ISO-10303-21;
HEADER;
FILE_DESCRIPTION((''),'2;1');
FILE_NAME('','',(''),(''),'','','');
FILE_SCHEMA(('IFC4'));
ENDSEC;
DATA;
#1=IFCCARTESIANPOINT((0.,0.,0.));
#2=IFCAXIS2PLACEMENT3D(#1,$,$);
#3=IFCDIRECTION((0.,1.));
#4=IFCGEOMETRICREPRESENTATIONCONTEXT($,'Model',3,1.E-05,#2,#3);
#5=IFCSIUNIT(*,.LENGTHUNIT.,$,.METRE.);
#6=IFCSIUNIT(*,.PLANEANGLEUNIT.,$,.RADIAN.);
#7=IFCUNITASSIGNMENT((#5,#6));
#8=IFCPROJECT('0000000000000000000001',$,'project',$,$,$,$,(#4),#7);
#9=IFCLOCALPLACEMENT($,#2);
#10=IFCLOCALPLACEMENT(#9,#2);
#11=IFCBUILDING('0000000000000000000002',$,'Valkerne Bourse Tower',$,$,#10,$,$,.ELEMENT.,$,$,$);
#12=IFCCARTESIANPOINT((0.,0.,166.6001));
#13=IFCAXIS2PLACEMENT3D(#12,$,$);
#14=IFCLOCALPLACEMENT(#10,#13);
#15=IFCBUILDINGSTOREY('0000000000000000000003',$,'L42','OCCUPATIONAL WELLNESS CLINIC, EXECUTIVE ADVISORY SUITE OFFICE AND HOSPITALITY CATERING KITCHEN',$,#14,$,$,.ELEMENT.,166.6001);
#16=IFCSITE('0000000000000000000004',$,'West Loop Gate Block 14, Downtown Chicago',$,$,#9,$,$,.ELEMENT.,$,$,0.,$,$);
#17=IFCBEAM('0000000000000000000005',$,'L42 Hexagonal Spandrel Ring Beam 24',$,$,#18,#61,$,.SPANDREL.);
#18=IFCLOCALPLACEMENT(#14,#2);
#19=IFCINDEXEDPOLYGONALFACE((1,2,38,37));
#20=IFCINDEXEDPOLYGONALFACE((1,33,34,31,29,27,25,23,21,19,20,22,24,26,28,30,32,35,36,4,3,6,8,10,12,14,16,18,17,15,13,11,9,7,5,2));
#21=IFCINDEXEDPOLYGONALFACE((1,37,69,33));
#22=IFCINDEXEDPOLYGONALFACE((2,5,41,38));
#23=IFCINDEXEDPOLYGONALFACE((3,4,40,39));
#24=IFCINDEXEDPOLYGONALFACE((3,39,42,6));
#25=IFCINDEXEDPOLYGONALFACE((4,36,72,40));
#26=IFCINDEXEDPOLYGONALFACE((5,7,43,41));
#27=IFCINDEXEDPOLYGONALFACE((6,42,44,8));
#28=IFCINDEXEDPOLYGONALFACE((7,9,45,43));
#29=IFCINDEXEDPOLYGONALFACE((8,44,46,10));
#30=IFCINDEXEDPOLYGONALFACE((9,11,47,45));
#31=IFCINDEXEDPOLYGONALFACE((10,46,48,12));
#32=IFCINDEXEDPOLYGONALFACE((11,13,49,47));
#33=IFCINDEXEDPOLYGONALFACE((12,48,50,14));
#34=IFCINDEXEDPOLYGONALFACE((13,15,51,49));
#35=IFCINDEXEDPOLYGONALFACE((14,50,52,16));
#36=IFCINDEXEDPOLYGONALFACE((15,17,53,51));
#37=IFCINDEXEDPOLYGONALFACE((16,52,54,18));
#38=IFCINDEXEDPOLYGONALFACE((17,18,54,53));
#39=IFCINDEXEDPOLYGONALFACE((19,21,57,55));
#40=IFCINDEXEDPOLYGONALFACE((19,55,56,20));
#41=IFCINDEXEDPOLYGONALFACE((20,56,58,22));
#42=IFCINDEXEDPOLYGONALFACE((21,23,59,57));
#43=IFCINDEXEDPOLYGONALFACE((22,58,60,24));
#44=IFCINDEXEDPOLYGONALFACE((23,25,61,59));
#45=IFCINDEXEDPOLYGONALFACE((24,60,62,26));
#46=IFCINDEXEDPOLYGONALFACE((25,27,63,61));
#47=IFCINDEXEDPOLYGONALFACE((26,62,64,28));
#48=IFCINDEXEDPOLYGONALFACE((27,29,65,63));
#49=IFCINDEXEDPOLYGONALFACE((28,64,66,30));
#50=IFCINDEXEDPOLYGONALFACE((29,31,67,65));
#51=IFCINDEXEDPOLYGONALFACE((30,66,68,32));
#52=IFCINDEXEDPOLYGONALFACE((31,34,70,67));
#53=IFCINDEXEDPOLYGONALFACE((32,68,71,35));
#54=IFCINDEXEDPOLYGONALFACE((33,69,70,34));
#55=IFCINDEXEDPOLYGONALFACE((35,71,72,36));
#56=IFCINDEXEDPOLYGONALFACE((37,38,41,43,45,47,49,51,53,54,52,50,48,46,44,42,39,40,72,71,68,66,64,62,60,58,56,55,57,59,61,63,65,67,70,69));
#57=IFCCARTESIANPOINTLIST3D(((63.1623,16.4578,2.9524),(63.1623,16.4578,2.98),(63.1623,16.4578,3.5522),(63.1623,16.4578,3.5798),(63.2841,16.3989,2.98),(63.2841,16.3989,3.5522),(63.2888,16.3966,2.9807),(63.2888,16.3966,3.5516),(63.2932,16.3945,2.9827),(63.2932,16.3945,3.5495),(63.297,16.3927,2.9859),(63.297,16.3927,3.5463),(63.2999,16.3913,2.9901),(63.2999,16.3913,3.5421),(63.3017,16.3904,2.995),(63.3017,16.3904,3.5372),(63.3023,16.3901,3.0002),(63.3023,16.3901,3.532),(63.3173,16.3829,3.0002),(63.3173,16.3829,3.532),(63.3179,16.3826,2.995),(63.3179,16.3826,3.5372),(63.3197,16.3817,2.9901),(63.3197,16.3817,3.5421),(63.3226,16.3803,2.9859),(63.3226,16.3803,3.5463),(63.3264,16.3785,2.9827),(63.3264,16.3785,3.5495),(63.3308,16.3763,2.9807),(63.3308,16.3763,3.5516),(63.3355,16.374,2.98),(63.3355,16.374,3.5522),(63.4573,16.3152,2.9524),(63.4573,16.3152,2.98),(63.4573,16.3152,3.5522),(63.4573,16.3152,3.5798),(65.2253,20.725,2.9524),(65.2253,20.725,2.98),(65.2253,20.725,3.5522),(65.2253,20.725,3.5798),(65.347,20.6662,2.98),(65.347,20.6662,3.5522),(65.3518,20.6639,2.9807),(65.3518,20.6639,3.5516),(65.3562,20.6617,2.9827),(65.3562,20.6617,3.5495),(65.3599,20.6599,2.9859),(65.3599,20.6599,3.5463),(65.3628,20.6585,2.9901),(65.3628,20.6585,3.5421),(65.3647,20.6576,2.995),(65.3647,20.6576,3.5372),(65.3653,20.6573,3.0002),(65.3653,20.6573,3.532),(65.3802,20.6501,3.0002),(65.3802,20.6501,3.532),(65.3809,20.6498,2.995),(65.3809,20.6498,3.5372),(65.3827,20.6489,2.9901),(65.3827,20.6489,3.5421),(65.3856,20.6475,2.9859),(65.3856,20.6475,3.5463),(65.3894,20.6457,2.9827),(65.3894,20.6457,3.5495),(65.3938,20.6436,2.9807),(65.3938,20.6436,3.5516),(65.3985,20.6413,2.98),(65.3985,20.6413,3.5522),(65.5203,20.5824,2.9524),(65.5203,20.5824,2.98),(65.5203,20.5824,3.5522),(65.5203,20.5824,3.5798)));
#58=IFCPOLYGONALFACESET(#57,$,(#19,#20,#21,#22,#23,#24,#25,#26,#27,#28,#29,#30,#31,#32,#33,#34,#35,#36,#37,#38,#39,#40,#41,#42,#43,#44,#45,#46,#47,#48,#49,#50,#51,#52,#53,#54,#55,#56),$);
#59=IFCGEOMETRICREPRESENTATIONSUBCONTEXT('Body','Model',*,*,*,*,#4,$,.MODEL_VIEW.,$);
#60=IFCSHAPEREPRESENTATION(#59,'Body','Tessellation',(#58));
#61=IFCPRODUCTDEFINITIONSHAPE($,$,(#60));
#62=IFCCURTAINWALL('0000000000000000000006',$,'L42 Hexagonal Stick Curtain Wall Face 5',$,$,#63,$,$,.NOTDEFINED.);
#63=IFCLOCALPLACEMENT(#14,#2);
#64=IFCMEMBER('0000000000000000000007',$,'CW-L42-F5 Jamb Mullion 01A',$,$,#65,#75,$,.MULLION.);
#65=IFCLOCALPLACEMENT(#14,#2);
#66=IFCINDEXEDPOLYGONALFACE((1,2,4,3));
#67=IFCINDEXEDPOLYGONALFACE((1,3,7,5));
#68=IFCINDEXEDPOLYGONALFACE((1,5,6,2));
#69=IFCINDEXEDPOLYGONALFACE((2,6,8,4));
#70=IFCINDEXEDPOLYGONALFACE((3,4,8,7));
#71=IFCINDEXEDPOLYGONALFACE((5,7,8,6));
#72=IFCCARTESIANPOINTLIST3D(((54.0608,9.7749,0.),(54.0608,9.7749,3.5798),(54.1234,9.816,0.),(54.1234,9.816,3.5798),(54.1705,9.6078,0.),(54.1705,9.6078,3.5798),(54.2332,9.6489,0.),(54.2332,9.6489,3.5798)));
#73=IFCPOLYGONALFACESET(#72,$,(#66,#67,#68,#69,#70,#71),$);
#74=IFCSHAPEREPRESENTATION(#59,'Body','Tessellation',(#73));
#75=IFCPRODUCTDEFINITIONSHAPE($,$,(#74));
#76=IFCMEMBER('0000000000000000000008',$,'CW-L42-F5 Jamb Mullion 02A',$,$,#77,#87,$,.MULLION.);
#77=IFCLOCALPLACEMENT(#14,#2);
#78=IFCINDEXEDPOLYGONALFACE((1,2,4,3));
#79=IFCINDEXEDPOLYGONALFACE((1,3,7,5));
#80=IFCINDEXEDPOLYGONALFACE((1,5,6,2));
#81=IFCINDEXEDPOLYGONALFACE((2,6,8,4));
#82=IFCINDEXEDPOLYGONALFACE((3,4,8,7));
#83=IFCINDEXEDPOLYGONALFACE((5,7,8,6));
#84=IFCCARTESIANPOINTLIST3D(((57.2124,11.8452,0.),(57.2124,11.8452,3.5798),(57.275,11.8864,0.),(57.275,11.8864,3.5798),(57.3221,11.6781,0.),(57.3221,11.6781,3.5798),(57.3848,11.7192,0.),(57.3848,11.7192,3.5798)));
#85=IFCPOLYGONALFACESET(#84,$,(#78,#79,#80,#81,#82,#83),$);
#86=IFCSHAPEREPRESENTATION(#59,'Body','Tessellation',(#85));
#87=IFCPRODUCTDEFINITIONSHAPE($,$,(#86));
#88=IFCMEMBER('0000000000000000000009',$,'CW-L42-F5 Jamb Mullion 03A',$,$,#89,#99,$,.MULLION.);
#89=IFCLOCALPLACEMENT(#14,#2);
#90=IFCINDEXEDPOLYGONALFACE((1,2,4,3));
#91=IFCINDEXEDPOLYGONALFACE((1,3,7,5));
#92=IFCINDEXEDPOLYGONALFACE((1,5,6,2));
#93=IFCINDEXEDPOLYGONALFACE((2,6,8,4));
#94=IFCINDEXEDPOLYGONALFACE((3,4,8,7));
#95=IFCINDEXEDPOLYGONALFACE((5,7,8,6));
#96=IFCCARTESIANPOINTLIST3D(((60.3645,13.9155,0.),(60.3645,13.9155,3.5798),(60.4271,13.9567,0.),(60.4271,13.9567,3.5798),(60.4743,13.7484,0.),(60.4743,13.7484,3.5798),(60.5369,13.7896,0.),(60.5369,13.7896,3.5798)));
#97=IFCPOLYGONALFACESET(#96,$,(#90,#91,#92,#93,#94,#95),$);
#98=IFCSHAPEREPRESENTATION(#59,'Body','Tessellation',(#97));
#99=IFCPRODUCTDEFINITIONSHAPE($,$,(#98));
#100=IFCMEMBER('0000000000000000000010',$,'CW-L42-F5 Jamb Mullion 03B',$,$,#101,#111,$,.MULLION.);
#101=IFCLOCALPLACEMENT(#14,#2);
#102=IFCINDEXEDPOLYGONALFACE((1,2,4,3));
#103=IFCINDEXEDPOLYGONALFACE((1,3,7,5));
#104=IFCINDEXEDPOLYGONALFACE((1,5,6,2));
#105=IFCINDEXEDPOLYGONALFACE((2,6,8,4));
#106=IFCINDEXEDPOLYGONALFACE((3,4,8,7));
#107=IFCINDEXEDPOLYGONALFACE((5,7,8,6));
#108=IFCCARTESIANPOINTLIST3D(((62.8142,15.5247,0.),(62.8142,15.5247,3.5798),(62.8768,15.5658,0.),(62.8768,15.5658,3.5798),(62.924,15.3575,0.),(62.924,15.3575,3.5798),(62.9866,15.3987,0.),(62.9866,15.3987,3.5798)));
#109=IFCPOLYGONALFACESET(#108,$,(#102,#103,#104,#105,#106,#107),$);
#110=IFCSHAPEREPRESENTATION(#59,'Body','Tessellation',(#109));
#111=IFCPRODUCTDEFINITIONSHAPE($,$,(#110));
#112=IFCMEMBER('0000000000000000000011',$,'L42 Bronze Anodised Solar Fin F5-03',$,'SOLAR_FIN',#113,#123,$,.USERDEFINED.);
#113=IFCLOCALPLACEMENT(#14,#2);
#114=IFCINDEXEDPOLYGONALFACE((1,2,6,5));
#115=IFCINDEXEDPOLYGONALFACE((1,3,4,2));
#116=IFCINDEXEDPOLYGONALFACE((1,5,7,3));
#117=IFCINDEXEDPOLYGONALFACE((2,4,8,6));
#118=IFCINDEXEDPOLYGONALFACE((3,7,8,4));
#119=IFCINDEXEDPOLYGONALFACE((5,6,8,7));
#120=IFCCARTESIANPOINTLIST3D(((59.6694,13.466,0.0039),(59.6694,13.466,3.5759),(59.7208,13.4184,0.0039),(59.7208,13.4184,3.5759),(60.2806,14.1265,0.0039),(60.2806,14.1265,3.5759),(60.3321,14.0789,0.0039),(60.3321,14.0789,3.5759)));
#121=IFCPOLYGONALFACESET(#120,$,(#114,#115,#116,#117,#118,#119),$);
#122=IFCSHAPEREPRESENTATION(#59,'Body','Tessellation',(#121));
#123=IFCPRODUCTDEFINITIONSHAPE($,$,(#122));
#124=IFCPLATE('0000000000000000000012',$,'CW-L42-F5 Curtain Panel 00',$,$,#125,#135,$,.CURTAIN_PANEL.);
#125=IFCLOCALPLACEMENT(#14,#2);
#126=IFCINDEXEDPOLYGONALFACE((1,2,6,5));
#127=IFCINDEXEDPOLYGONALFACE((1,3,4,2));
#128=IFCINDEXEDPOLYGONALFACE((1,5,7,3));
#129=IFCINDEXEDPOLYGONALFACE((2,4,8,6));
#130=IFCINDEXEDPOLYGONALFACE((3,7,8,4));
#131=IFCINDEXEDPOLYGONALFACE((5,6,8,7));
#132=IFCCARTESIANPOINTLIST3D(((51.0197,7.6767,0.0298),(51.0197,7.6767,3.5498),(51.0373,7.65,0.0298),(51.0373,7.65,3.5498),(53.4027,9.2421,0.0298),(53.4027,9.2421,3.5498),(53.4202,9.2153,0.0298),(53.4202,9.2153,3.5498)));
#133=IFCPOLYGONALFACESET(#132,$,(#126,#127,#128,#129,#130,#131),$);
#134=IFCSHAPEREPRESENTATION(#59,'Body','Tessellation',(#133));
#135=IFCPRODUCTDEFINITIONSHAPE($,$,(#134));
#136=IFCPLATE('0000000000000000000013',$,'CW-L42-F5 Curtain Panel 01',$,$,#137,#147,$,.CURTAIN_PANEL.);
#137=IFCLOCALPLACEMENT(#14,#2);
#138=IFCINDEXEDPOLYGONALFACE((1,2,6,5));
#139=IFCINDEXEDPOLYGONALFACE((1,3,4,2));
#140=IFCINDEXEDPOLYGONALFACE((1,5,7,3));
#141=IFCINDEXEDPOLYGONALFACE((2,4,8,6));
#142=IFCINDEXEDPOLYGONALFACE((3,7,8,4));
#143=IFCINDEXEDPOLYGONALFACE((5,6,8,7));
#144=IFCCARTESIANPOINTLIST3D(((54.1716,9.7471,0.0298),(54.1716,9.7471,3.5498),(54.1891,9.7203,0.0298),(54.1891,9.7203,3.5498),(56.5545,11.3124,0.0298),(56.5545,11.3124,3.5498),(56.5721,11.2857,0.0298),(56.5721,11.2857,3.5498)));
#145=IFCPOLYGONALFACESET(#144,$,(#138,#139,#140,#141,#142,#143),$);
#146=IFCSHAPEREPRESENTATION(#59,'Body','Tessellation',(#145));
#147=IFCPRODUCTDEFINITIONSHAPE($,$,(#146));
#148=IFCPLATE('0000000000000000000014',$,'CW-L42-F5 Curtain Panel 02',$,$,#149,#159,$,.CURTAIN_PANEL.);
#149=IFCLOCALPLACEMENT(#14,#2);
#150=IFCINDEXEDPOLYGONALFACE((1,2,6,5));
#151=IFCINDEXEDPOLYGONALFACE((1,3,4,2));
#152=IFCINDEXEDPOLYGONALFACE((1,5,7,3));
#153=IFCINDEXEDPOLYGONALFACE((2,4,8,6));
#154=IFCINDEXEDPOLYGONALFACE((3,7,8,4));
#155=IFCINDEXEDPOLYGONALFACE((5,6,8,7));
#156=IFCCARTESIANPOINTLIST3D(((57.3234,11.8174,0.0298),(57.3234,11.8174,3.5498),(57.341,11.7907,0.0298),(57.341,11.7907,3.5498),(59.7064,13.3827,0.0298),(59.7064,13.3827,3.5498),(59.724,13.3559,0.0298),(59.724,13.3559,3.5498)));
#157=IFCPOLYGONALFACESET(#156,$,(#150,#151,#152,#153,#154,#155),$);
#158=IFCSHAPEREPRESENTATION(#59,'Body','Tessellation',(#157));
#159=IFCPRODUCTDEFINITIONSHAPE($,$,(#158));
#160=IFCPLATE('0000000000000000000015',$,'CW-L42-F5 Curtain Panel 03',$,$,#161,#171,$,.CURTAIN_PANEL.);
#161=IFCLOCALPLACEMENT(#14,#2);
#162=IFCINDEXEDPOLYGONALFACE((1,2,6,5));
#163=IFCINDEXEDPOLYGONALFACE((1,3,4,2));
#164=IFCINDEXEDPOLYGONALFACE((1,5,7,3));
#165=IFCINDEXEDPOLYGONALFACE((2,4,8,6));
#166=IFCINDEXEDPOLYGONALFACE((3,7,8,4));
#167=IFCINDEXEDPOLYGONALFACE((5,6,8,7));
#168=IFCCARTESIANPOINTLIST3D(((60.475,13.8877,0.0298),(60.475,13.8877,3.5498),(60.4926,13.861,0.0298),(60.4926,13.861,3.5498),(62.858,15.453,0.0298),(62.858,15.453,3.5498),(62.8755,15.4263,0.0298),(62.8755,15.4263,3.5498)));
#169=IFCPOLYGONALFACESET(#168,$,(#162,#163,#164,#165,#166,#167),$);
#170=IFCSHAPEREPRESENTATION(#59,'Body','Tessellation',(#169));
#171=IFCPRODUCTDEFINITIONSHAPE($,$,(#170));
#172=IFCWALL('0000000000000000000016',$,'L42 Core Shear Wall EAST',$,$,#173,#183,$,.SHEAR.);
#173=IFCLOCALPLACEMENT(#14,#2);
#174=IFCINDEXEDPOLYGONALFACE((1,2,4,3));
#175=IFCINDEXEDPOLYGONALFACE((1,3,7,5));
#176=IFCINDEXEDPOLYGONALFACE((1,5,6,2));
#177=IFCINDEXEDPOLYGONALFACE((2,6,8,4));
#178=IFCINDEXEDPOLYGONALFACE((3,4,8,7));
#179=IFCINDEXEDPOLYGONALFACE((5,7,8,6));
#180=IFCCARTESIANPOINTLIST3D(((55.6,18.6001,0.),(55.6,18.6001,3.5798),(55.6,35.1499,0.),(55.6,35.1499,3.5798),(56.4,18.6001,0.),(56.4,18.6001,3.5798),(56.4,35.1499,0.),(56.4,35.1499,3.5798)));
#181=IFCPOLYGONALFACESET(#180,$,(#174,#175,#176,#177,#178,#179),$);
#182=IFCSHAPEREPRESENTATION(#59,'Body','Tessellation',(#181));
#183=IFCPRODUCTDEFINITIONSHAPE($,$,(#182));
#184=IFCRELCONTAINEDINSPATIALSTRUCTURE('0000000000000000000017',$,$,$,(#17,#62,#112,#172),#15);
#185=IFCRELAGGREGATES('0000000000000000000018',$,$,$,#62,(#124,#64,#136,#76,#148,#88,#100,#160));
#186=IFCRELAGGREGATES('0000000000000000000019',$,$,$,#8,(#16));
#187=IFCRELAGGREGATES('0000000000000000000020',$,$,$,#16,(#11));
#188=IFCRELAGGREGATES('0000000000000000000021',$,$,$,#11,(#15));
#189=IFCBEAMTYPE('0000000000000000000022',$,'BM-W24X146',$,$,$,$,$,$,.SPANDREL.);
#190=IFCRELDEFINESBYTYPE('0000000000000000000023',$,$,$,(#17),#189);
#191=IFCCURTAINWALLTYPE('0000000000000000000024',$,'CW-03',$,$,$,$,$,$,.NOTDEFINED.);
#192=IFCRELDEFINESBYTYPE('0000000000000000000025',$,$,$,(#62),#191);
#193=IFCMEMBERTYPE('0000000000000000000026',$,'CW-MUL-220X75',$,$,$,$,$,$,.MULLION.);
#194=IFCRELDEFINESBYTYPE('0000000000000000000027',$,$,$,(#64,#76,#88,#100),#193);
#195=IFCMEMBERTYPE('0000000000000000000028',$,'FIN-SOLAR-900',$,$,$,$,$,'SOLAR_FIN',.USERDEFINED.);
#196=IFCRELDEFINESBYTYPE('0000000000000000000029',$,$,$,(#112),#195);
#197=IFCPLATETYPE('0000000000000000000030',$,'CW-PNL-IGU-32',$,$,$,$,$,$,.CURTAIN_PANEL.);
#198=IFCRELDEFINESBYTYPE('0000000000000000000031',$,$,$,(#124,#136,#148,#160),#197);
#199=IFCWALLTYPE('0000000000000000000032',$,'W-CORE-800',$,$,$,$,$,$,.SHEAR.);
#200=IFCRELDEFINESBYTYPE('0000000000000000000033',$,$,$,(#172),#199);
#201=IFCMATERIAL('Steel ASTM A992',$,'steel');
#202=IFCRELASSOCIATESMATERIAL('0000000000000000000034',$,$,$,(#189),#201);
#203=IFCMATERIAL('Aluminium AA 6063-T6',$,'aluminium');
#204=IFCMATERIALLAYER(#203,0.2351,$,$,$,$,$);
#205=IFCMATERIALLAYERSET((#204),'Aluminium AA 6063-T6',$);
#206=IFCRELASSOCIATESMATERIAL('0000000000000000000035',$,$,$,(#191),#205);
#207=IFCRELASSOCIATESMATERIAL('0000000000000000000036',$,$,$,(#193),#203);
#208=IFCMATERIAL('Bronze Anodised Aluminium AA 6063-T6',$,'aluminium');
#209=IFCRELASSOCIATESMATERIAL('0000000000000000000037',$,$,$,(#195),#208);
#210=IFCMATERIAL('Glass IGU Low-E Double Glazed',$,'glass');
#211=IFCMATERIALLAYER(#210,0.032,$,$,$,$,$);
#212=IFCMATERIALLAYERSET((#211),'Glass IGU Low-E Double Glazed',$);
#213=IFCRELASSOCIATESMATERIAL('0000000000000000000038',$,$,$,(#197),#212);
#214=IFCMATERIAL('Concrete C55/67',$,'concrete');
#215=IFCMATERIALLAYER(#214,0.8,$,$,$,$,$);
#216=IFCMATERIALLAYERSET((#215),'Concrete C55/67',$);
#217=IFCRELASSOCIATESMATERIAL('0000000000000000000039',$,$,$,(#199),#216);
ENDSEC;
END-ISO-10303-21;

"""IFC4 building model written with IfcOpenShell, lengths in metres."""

from ifc_helpers import new_model, si_unit, direction, frame, frame_2d, origin, origin_2d, place, context, subcontext, project, spatial, rectangle, i_section, extrude, material, layer, layer_set, material_profile, profile_set, type_object, element, aggregate, save


model = new_model("IFC4")

# Units and contexts
model_context = context("Model", 3, precision=1e-05, world=origin(), true_north=direction((0.0, 1.0)))
body_context = subcontext(model_context, "Body", "Model", "MODEL_VIEW")
ifc_project = project(units=[si_unit("LENGTHUNIT", "METRE"), si_unit("PLANEANGLEUNIT", "RADIAN")], contexts=[model_context])

# Site, building, storey
site_placement = place(None, origin())
site = spatial("IfcSite", under=ifc_project, at=site_placement, Name="West Loop Gate Block 14, Downtown Chicago", CompositionType="ELEMENT", RefElevation=0.0)
building_placement = place(site_placement, origin())
building = spatial("IfcBuilding", under=site, at=building_placement, Name="Valkerne Bourse Tower", CompositionType="ELEMENT")
storey_placement = place(building_placement, frame((0.0, 0.0, 166.6001)))
storey = spatial("IfcBuildingStorey", under=building, at=storey_placement, Name="L42", Description="OCCUPATIONAL WELLNESS CLINIC, EXECUTIVE ADVISORY SUITE OFFICE AND HOSPITALITY CATERING KITCHEN", CompositionType="ELEMENT", Elevation=166.6001)

# Beam
ifc_material_1 = material(Name="Steel ASTM A992", Category="steel")
ifc_material_profile_1 = material_profile(ifc_material_1, i_section(OverallWidth=0.3276, OverallDepth=0.6274, WebThickness=0.0166, FlangeThickness=0.0276, FilletRadius=0.0203, at=origin_2d()), Name="W24X146")
ifc_profile_set_1 = profile_set([ifc_material_profile_1], Name="Steel ASTM A992")
beam_type = type_object("IfcBeamType", Name="BM-W24X146", PredefinedType="SPANDREL", material=ifc_profile_set_1)
beam_1_placement = place(storey_placement, frame((63.3098, 16.3865, 3.2661), z_axis=(0.435245, 0.900312, 0.0), x_axis=(-0.900312, 0.435245, 0.0)))
element("IfcBeam", 1, at=beam_1_placement, inside=storey, type_object=beam_type, Name="L42 Hexagonal Spandrel Ring Beam 24", PredefinedType="SPANDREL", context=body_context, shape_type="SweptSolid", body=[
    extrude(i_section(OverallWidth=0.3276, OverallDepth=0.6274, WebThickness=0.0166, FlangeThickness=0.0276, FilletRadius=0.0203, at=origin_2d()), origin(), (0.0, 0.0, 1.0), 4.7397),
])

# Curtain wall, members
ifc_material_2 = material(Name="Aluminium AA 6063-T6", Category="aluminium")
ifc_layer_1 = layer(ifc_material_2, 0.2351)
ifc_layer_set_1 = layer_set([ifc_layer_1], Name="Aluminium AA 6063-T6")
curtain_wall_type = type_object("IfcCurtainWallType", Name="CW-03", PredefinedType="NOTDEFINED", material=ifc_layer_set_1)
curtain_wall_placement = place(storey_placement, origin())
curtain_wall = element("IfcCurtainWall", 2, at=curtain_wall_placement, inside=storey, type_object=curtain_wall_type, Name="L42 Hexagonal Stick Curtain Wall Face 5", PredefinedType="NOTDEFINED")
ifc_material_profile_2 = material_profile(ifc_material_2, rectangle(XDim=0.075, YDim=0.2, at=origin_2d()), Name="CWM-75X200")
ifc_profile_set_2 = profile_set([ifc_material_profile_2], Name="Aluminium AA 6063-T6")
member_type_1 = type_object("IfcMemberType", Name="CW-MUL-220X75", PredefinedType="MULLION", material=ifc_profile_set_2)
member_1_placement = place(storey_placement, frame((54.147, 9.7119, 0.0), z_axis=(0.0, 0.0, 1.0), x_axis=(0.835801, 0.549033, 0.0)))
member_1 = element("IfcMember", 3, at=member_1_placement, type_object=member_type_1, Name="CW-L42-F5 Jamb Mullion 01A", PredefinedType="MULLION", context=body_context, shape_type="SweptSolid", body=[
    extrude(rectangle(XDim=0.075, YDim=0.2, at=origin_2d()), origin(), (0.0, 0.0, 1.0), 3.5798),
])
member_2_placement = place(storey_placement, frame((57.2986, 11.7822, 0.0), z_axis=(0.0, 0.0, 1.0), x_axis=(0.835821, 0.549002, 0.0)))
member_2 = element("IfcMember", 4, at=member_2_placement, type_object=member_type_1, Name="CW-L42-F5 Jamb Mullion 02A", PredefinedType="MULLION", context=body_context, shape_type="SweptSolid", body=[
    extrude(rectangle(XDim=0.075, YDim=0.2, at=origin_2d()), origin(), (0.0, 0.0, 1.0), 3.5798),
])
member_3_placement = place(storey_placement, frame((60.4507, 13.8525, 0.0), z_axis=(0.0, 0.0, 1.0), x_axis=(0.835801, 0.549033, 0.0)))
member_3 = element("IfcMember", 5, at=member_3_placement, type_object=member_type_1, Name="CW-L42-F5 Jamb Mullion 03A", PredefinedType="MULLION", context=body_context, shape_type="SweptSolid", body=[
    extrude(rectangle(XDim=0.075, YDim=0.2, at=origin_2d()), origin(), (0.0, 0.0, 1.0), 3.5798),
])
member_4_placement = place(storey_placement, frame((62.9004, 15.4617, 0.0), z_axis=(0.0, 0.0, 1.0), x_axis=(0.835801, 0.549033, 0.0)))
member_4 = element("IfcMember", 6, at=member_4_placement, type_object=member_type_1, Name="CW-L42-F5 Jamb Mullion 03B", PredefinedType="MULLION", context=body_context, shape_type="SweptSolid", body=[
    extrude(rectangle(XDim=0.075, YDim=0.2, at=origin_2d()), origin(), (0.0, 0.0, 1.0), 3.5798),
])

# Member
ifc_material_3 = material(Name="Bronze Anodised Aluminium AA 6063-T6", Category="aluminium")
ifc_material_profile_3 = material_profile(ifc_material_3, rectangle(XDim=0.0701, YDim=0.8999, at=origin_2d()), Name="FIN-70X900")
ifc_profile_set_3 = profile_set([ifc_material_profile_3], Name="Bronze Anodised Aluminium AA 6063-T6")
member_type_2 = type_object("IfcMemberType", Name="FIN-SOLAR-900", ElementType="SOLAR_FIN", PredefinedType="USERDEFINED", material=ifc_profile_set_3)
member_5_placement = place(storey_placement, frame((60.0007, 13.7725, 0.0039), z_axis=(0.0, 0.0, 1.0), x_axis=(0.733921, -0.679235, 0.0)))
element("IfcMember", 7, at=member_5_placement, inside=storey, type_object=member_type_2, Name="L42 Bronze Anodised Solar Fin F5-03", ObjectType="SOLAR_FIN", PredefinedType="USERDEFINED", context=body_context, shape_type="SweptSolid", body=[
    extrude(rectangle(XDim=0.0701, YDim=0.8999, at=origin_2d()), origin(), (0.0, 0.0, 1.0), 3.572),
])

# Plates
ifc_material_4 = material(Name="Glass IGU Low-E Double Glazed", Category="glass")
ifc_layer_2 = layer(ifc_material_4, 0.032)
ifc_layer_set_2 = layer_set([ifc_layer_2], Name="Glass IGU Low-E Double Glazed")
plate_type = type_object("IfcPlateType", Name="CW-PNL-IGU-32", PredefinedType="CURTAIN_PANEL", material=ifc_layer_set_2)
plate_1_placement = place(storey_placement, frame((52.22, 8.446, 0.0298), z_axis=(0.0, 0.0, 1.0), x_axis=(0.835801, 0.549033, 0.0)))
plate_1 = element("IfcPlate", 8, at=plate_1_placement, type_object=plate_type, Name="CW-L42-F5 Curtain Panel 00", PredefinedType="CURTAIN_PANEL", context=body_context, shape_type="SweptSolid", body=[
    extrude(rectangle(XDim=2.8511, YDim=0.032, at=origin_2d()), origin(), (0.0, 0.0, 1.0), 3.52),
])
plate_2_placement = place(storey_placement, frame((55.3718, 10.5164, 0.0298), z_axis=(0.0, 0.0, 1.0), x_axis=(0.835801, 0.549033, 0.0)))
plate_2 = element("IfcPlate", 9, at=plate_2_placement, type_object=plate_type, Name="CW-L42-F5 Curtain Panel 01", PredefinedType="CURTAIN_PANEL", context=body_context, shape_type="SweptSolid", body=[
    extrude(rectangle(XDim=2.8511, YDim=0.032, at=origin_2d()), origin(), (0.0, 0.0, 1.0), 3.52),
])
plate_3_placement = place(storey_placement, frame((58.5237, 12.5867, 0.0298), z_axis=(0.0, 0.0, 1.0), x_axis=(0.835821, 0.549002, 0.0)))
plate_3 = element("IfcPlate", 10, at=plate_3_placement, type_object=plate_type, Name="CW-L42-F5 Curtain Panel 02", PredefinedType="CURTAIN_PANEL", context=body_context, shape_type="SweptSolid", body=[
    extrude(rectangle(XDim=2.8511, YDim=0.032, at=origin_2d()), origin(), (0.0, 0.0, 1.0), 3.52),
])
plate_4_placement = place(storey_placement, frame((61.6753, 14.657, 0.0298), z_axis=(0.0, 0.0, 1.0), x_axis=(0.835801, 0.549033, 0.0)))
plate_4 = element("IfcPlate", 11, at=plate_4_placement, type_object=plate_type, Name="CW-L42-F5 Curtain Panel 03", PredefinedType="CURTAIN_PANEL", context=body_context, shape_type="SweptSolid", body=[
    extrude(rectangle(XDim=2.8511, YDim=0.032, at=origin_2d()), origin(), (0.0, 0.0, 1.0), 3.52),
])
aggregate(curtain_wall, [plate_1, member_1, plate_2, member_2, plate_3, member_3, member_4, plate_4])

# Wall
ifc_material_5 = material(Name="Concrete C55/67", Category="concrete")
ifc_layer_3 = layer(ifc_material_5, 0.8)
ifc_layer_set_3 = layer_set([ifc_layer_3], Name="Concrete C55/67")
wall_type_1 = type_object("IfcWallType", Name="W-CORE-800", PredefinedType="SHEAR", material=ifc_layer_set_3)
wall_1_placement = place(storey_placement, frame((56.0, 18.6001, 0.0), z_axis=(0.0, 0.0, 1.0), x_axis=(0.0, 1.0, 0.0)))
element("IfcWall", 12, at=wall_1_placement, inside=storey, type_object=wall_type_1, Name="L42 Core Shear Wall EAST", PredefinedType="SHEAR", context=body_context, shape_type="SweptSolid", body=[
    extrude(rectangle(XDim=16.5498, YDim=0.8, at=frame_2d((8.2749, 0.0))), origin(), (0.0, 0.0, 1.0), 3.5798),
])

save(model, "model.ifc")
